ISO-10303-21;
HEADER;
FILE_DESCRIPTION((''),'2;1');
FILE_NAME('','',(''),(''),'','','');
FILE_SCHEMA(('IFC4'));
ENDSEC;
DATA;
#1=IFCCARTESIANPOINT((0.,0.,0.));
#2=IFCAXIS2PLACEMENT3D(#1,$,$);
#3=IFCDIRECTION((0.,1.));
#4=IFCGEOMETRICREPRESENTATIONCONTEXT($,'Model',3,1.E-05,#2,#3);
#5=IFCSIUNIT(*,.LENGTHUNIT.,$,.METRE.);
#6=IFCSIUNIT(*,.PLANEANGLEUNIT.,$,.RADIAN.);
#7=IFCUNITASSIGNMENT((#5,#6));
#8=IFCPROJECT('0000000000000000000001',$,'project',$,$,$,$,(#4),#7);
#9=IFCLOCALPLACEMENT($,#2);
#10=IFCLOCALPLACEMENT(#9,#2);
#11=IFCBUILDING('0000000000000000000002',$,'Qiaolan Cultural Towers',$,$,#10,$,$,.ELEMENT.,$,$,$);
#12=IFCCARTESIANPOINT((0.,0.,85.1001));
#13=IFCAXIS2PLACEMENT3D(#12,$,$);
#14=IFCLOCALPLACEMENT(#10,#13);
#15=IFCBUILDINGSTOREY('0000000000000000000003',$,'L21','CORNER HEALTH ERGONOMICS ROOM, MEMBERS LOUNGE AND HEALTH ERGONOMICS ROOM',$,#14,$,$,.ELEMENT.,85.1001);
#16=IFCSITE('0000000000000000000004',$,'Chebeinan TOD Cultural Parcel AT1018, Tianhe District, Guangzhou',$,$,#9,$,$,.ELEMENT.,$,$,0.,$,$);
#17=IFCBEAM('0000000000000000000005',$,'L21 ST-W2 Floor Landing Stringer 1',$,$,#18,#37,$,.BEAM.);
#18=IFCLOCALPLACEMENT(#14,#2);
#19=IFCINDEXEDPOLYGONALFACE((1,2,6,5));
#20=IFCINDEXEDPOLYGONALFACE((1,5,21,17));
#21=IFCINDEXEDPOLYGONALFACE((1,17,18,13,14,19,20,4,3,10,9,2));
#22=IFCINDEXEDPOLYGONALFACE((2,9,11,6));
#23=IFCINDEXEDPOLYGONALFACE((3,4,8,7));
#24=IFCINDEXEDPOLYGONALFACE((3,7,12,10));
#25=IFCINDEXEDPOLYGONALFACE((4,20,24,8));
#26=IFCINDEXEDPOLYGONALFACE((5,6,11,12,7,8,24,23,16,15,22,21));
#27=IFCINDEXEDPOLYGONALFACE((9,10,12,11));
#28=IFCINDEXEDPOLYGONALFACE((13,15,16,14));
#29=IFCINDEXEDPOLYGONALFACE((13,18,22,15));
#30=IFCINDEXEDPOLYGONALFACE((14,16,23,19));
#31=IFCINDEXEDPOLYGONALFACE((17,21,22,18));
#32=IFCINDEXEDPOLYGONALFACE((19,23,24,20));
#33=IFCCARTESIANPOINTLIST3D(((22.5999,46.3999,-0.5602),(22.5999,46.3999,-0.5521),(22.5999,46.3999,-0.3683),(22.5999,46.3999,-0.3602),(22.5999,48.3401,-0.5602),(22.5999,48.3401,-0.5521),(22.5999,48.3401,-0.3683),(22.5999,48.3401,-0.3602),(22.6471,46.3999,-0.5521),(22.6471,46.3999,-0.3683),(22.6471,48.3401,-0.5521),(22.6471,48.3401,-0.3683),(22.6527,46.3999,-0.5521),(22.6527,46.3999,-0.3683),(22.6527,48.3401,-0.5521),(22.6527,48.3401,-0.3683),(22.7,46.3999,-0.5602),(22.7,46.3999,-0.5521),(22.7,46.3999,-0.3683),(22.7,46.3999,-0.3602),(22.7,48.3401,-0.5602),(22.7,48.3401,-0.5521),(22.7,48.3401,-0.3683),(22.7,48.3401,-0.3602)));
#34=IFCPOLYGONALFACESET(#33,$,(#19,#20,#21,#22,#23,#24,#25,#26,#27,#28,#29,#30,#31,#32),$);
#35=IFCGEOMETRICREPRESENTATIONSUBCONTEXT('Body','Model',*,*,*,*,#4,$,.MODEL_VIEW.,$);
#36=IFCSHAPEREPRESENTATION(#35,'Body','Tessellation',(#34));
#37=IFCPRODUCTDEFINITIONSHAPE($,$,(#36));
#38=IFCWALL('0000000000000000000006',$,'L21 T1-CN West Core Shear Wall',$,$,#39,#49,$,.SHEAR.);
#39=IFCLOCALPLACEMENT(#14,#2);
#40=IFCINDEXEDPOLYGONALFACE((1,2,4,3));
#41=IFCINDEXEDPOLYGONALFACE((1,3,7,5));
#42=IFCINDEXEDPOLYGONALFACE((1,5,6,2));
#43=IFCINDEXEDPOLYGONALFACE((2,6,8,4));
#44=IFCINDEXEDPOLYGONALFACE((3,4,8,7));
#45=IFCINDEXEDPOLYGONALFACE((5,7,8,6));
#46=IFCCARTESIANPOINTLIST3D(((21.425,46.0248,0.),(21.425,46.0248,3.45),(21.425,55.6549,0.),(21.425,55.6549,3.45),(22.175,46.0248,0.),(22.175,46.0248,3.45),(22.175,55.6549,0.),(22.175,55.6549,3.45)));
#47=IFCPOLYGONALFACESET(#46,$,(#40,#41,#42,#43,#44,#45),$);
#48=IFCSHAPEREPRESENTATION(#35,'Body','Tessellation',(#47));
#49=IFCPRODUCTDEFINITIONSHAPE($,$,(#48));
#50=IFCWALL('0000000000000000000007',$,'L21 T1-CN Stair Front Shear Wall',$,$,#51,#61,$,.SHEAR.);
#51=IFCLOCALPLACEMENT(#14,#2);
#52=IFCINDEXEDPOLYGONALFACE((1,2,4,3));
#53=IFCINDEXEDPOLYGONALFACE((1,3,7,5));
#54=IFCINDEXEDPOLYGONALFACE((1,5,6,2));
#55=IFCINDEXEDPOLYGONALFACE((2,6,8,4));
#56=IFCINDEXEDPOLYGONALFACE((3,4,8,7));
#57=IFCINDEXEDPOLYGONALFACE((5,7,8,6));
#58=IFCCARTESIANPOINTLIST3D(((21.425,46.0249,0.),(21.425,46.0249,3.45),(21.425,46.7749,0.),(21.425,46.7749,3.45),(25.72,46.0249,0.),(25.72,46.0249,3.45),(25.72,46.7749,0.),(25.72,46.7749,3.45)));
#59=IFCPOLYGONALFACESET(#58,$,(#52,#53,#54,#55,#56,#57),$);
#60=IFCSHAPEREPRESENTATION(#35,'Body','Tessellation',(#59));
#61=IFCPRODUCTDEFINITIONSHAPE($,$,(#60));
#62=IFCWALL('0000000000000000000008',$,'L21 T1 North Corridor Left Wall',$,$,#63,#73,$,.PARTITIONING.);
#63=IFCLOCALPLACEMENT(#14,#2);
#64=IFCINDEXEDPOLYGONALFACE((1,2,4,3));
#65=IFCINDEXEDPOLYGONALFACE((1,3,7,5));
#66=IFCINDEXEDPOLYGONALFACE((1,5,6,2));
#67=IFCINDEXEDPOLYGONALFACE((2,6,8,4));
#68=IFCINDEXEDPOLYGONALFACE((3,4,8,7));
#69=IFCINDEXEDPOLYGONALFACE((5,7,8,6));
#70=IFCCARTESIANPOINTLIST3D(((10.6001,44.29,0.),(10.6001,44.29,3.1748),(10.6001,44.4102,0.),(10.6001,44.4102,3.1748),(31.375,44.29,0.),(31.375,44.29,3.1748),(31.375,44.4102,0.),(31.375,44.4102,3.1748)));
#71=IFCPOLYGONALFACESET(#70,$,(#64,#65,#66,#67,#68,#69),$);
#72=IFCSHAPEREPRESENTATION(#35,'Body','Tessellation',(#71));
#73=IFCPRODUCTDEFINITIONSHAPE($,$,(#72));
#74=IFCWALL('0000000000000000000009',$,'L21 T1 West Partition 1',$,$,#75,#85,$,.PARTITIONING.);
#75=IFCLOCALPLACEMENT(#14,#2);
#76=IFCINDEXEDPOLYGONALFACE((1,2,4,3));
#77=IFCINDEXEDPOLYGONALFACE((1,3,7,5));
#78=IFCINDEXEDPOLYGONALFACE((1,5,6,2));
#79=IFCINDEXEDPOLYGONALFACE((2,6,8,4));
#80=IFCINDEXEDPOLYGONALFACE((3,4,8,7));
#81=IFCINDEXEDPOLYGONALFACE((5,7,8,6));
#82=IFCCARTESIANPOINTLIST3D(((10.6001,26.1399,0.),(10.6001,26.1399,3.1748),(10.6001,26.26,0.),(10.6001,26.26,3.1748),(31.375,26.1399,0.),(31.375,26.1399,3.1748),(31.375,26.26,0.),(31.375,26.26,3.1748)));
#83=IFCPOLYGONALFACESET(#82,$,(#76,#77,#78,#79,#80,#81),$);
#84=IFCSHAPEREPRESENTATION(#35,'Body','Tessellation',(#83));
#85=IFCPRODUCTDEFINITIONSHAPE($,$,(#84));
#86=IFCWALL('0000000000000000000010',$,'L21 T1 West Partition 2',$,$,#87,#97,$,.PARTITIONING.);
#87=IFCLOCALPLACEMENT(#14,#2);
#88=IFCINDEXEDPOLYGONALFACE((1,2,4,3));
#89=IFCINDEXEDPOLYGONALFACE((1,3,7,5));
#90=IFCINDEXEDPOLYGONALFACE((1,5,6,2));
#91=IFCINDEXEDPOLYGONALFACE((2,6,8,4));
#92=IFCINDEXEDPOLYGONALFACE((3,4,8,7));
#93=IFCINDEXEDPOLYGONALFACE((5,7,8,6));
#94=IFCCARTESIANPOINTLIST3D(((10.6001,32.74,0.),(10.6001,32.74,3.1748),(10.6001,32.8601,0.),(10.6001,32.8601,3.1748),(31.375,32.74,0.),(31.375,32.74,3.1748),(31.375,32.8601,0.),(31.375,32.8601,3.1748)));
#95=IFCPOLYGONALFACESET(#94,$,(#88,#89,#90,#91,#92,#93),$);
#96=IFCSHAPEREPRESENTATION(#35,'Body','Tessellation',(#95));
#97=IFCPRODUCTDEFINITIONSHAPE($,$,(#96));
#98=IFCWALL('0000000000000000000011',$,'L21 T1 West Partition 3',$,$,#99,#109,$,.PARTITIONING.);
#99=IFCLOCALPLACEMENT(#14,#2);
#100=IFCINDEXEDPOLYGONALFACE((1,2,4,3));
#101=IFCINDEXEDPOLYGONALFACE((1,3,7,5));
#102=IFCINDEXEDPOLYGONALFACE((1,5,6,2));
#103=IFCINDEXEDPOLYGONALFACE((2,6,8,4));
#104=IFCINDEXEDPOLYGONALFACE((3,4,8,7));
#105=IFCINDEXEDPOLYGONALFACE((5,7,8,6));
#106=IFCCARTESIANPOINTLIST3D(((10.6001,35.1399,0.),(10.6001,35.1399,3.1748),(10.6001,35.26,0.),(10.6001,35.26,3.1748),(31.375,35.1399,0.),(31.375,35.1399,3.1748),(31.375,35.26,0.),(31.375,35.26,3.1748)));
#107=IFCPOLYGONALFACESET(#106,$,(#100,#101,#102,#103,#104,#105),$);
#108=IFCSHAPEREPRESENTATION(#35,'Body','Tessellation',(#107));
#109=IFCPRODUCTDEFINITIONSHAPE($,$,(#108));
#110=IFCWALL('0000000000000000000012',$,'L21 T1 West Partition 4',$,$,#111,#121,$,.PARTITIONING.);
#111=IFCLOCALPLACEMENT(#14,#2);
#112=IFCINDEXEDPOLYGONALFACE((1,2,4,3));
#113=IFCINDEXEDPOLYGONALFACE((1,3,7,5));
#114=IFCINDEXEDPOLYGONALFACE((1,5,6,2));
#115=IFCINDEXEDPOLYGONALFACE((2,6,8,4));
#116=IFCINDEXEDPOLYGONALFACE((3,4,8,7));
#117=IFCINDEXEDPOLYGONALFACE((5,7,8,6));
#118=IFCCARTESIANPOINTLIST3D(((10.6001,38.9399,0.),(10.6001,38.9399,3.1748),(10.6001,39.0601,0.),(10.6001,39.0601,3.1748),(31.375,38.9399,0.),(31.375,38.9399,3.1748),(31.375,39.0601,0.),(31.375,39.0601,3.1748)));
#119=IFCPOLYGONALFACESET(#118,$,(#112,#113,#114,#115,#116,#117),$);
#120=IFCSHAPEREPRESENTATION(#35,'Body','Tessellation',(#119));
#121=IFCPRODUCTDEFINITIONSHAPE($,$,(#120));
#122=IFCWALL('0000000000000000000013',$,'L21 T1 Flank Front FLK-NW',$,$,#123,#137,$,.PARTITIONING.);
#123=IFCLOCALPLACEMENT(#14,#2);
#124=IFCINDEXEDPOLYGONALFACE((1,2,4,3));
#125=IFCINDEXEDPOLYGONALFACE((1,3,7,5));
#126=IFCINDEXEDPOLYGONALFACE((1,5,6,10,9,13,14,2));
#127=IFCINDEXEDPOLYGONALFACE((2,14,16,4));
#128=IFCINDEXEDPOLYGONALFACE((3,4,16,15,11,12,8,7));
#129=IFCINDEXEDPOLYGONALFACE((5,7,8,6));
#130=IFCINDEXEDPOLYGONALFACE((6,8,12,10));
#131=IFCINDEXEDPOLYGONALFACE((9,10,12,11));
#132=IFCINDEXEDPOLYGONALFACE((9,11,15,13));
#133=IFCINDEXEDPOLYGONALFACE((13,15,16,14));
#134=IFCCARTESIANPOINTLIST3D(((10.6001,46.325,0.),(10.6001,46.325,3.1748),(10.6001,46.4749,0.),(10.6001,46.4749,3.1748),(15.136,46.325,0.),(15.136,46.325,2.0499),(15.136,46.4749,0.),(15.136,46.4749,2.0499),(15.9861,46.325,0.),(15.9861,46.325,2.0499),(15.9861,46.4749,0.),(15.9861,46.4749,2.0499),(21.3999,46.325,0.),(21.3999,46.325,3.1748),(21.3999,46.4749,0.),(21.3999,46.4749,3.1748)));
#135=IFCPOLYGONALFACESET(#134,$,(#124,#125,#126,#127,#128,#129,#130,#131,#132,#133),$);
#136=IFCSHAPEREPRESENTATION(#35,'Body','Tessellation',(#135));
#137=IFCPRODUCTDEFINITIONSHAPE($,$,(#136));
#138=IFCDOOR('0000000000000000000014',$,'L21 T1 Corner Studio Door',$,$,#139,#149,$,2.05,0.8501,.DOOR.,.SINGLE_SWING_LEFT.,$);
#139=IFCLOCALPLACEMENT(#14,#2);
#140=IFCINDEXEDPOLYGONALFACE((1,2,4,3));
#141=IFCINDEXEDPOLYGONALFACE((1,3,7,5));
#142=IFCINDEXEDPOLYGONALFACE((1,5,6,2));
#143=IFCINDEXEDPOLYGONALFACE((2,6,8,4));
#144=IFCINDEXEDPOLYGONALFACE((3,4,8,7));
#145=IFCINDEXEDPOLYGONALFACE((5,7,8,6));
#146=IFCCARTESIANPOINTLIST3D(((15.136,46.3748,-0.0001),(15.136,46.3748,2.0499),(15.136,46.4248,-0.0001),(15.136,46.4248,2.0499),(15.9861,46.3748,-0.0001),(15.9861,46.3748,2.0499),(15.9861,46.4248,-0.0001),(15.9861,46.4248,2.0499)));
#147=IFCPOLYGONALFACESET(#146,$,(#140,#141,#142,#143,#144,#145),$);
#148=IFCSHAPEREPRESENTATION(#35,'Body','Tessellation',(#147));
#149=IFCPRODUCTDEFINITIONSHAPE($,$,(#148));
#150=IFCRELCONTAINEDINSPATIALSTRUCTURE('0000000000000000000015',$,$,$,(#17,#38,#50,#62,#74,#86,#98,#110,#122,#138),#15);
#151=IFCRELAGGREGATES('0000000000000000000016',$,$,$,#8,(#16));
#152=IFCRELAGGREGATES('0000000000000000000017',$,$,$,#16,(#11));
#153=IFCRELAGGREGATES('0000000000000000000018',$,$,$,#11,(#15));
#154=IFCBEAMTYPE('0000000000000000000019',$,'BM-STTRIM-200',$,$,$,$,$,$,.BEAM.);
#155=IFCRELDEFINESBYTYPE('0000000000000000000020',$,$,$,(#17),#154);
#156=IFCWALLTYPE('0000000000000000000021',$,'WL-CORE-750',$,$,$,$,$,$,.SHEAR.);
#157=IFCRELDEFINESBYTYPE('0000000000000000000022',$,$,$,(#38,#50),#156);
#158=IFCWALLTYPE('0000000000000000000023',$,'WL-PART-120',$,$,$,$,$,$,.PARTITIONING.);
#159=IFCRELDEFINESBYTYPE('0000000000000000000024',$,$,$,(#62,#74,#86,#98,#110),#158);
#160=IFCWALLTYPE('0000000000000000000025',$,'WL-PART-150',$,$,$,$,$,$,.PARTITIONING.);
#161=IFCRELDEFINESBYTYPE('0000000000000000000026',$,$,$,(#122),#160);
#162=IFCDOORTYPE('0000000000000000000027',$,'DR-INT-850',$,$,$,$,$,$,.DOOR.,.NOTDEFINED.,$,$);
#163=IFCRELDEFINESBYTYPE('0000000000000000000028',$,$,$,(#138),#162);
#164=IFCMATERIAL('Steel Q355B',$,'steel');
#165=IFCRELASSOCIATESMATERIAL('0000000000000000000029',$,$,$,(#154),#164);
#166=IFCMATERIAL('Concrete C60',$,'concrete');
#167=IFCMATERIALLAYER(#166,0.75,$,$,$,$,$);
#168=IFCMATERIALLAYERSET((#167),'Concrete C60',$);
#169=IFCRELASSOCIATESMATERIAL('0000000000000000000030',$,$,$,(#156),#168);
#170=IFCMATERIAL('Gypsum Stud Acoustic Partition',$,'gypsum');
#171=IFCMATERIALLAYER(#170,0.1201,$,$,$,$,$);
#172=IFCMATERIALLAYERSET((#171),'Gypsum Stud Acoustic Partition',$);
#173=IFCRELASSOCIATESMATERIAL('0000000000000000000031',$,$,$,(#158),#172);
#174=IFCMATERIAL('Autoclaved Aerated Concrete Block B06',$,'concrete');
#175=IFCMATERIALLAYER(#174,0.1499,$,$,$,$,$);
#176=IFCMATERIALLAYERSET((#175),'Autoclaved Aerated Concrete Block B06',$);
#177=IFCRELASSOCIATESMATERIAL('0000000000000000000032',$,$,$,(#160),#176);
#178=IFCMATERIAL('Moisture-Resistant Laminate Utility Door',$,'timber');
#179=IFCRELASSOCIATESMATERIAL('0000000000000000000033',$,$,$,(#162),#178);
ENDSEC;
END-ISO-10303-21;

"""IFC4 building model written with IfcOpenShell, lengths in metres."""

from ifc_helpers import new_model, si_unit, direction, frame, frame_2d, origin, origin_2d, place, context, subcontext, project, spatial, rectangle, i_section, extrude, material, layer, layer_set, material_profile, profile_set, type_object, element, fill, save


model = new_model("IFC4")

# Units and contexts
model_context = context("Model", 3, precision=1e-05, world=origin(), true_north=direction((0.0, 1.0)))
body_context = subcontext(model_context, "Body", "Model", "MODEL_VIEW")
ifc_project = project(units=[si_unit("LENGTHUNIT", "METRE"), si_unit("PLANEANGLEUNIT", "RADIAN")], contexts=[model_context])

# Site, building, storey
site_placement = place(None, origin())
site = spatial("IfcSite", under=ifc_project, at=site_placement, Name="Chebeinan TOD Cultural Parcel AT1018, Tianhe District, Guangzhou", CompositionType="ELEMENT", RefElevation=0.0)
building_placement = place(site_placement, origin())
building = spatial("IfcBuilding", under=site, at=building_placement, Name="Qiaolan Cultural Towers", CompositionType="ELEMENT")
storey_placement = place(building_placement, frame((0.0, 0.0, 85.1001)))
storey = spatial("IfcBuildingStorey", under=building, at=storey_placement, Name="L21", Description="CORNER HEALTH ERGONOMICS ROOM, MEMBERS LOUNGE AND HEALTH ERGONOMICS ROOM", CompositionType="ELEMENT", Elevation=85.1001)

# Beam
ifc_material_1 = material(Name="Steel Q355B", Category="steel")
ifc_material_profile_1 = material_profile(ifc_material_1, i_section(OverallWidth=0.1001, OverallDepth=0.2, WebThickness=0.0056, FlangeThickness=0.0081, at=origin_2d()), Name="HN200x100x5.5x8")
ifc_profile_set_1 = profile_set([ifc_material_profile_1], Name="Steel Q355B")
beam_type_1 = type_object("IfcBeamType", Name="BM-STTRIM-200", PredefinedType="BEAM", material=ifc_profile_set_1)
beam_1_placement = place(storey_placement, frame((22.6499, 46.3999, -0.4602), z_axis=(0.0, 1.0, 0.0), x_axis=(-1.0, 0.0, 0.0)))
element("IfcBeam", 1, at=beam_1_placement, inside=storey, type_object=beam_type_1, Name="L21 ST-W2 Floor Landing Stringer 1", PredefinedType="BEAM", context=body_context, shape_type="SweptSolid", body=[
    extrude(i_section(OverallWidth=0.1001, OverallDepth=0.2, WebThickness=0.0056, FlangeThickness=0.0081, at=origin_2d()), origin(), (0.0, 0.0, 1.0), 1.9402),
])

# Walls
ifc_material_2 = material(Name="Concrete C60", Category="concrete")
ifc_layer_1 = layer(ifc_material_2, 0.75)
ifc_layer_set_1 = layer_set([ifc_layer_1], Name="Concrete C60")
wall_type_1 = type_object("IfcWallType", Name="WL-CORE-750", PredefinedType="SHEAR", material=ifc_layer_set_1)
wall_1_placement = place(storey_placement, frame((21.8, 46.0249, 0.0), z_axis=(0.0, 0.0, 1.0), x_axis=(0.0, 1.0, 0.0)))
element("IfcWall", 2, at=wall_1_placement, inside=storey, type_object=wall_type_1, Name="L21 T1-CN West Core Shear Wall", PredefinedType="SHEAR", context=body_context, shape_type="SweptSolid", body=[
    extrude(rectangle(XDim=9.6301, YDim=0.75, at=frame_2d((4.8149, 0.0))), origin(), (0.0, 0.0, 1.0), 3.45),
])
wall_2_placement = place(storey_placement, frame((21.425, 46.3999, 0.0), z_axis=(0.0, 0.0, 1.0), x_axis=(1.0, 0.0, 0.0)))
element("IfcWall", 3, at=wall_2_placement, inside=storey, type_object=wall_type_1, Name="L21 T1-CN Stair Front Shear Wall", PredefinedType="SHEAR", context=body_context, shape_type="SweptSolid", body=[
    extrude(rectangle(XDim=4.2949, YDim=0.75, at=frame_2d((2.1475, 0.0))), origin(), (0.0, 0.0, 1.0), 3.45),
])
ifc_material_3 = material(Name="Gypsum Stud Acoustic Partition", Category="gypsum")
ifc_layer_2 = layer(ifc_material_3, 0.1201)
ifc_layer_set_2 = layer_set([ifc_layer_2], Name="Gypsum Stud Acoustic Partition")
wall_type_2 = type_object("IfcWallType", Name="WL-PART-120", PredefinedType="PARTITIONING", material=ifc_layer_set_2)
for number, where, z_axis, x_axis, name in (
    (4, (10.6001, 44.3501, 0.0), (0.0, 0.0, 1.0), (1.0, 0.0, 0.0), "L21 T1 North Corridor Left Wall"),
    (5, (10.6001, 26.2, 0.0), (0.0, 0.0, 1.0), (1.0, 0.0, 0.0), "L21 T1 West Partition 1"),
    (6, (10.6001, 32.8, 0.0), (0.0, 0.0, 1.0), (1.0, 0.0, 0.0), "L21 T1 West Partition 2"),
    (7, (10.6001, 35.2, 0.0), (0.0, 0.0, 1.0), (1.0, 0.0, 0.0), "L21 T1 West Partition 3"),
    (8, (10.6001, 39.0, 0.0), (0.0, 0.0, 1.0), (1.0, 0.0, 0.0), "L21 T1 West Partition 4"),
):
    element("IfcWall", number, at=place(storey_placement, frame(where, z_axis=z_axis, x_axis=x_axis)), inside=storey, type_object=wall_type_2, Name=name, PredefinedType="PARTITIONING", context=body_context, shape_type="SweptSolid", body=[
        extrude(rectangle(XDim=20.7749, YDim=0.1201, at=frame_2d((10.3875, 0.0))), origin(), (0.0, 0.0, 1.0), 3.1748),
    ])

# Wall, opening, door
ifc_material_4 = material(Name="Autoclaved Aerated Concrete Block B06", Category="concrete")
ifc_layer_3 = layer(ifc_material_4, 0.1499)
ifc_layer_set_3 = layer_set([ifc_layer_3], Name="Autoclaved Aerated Concrete Block B06")
wall_type_3 = type_object("IfcWallType", Name="WL-PART-150", PredefinedType="PARTITIONING", material=ifc_layer_set_3)
wall_3_placement = place(storey_placement, frame((10.6001, 46.3999, 0.0), z_axis=(0.0, 0.0, 1.0), x_axis=(1.0, 0.0, 0.0)))
wall_3 = element("IfcWall", 9, at=wall_3_placement, inside=storey, type_object=wall_type_3, Name="L21 T1 Flank Front FLK-NW", PredefinedType="PARTITIONING", context=body_context, shape_type="SweptSolid", body=[
    extrude(rectangle(XDim=10.7998, YDim=0.1499, at=frame_2d((5.3999, 0.0))), origin(), (0.0, 0.0, 1.0), 3.1748),
])
opening_placement = place(wall_3_placement, frame((4.5359, 0.0, 0.0)))
opening = element("IfcOpeningElement", 10, at=opening_placement, cuts=wall_3, PredefinedType="OPENING", context=body_context, shape_type="SweptSolid", body=[
    extrude(rectangle(XDim=0.8501, YDim=2.05, at=frame_2d((0.425, 1.0249))), frame((0.0, 0.085, 0.0), z_axis=(0.0, -1.0, 0.0), x_axis=(1.0, 0.0, 0.0)), (0.0, 0.0, 1.0), 0.1699),
])
ifc_material_5 = material(Name="Moisture-Resistant Laminate Utility Door", Category="timber")
door_type = type_object("IfcDoorType", Name="DR-INT-850", OperationType="NOTDEFINED", PredefinedType="DOOR", material=ifc_material_5)
door_placement = place(opening_placement, origin())
door = element("IfcDoor", 11, at=door_placement, inside=storey, type_object=door_type, Name="L21 T1 Corner Studio Door", OperationType="SINGLE_SWING_LEFT", OverallHeight=2.05, OverallWidth=0.8501, PredefinedType="DOOR", context=body_context, shape_type="SweptSolid", body=[
    extrude(rectangle(XDim=0.8501, YDim=2.05, at=frame_2d((0.425, 1.0249))), frame((0.0, 0.0249, 0.0), z_axis=(0.0, -1.0, 0.0), x_axis=(1.0, 0.0, 0.0)), (0.0, 0.0, 1.0), 0.05),
])
fill(opening, door)

save(model, "model.ifc")
